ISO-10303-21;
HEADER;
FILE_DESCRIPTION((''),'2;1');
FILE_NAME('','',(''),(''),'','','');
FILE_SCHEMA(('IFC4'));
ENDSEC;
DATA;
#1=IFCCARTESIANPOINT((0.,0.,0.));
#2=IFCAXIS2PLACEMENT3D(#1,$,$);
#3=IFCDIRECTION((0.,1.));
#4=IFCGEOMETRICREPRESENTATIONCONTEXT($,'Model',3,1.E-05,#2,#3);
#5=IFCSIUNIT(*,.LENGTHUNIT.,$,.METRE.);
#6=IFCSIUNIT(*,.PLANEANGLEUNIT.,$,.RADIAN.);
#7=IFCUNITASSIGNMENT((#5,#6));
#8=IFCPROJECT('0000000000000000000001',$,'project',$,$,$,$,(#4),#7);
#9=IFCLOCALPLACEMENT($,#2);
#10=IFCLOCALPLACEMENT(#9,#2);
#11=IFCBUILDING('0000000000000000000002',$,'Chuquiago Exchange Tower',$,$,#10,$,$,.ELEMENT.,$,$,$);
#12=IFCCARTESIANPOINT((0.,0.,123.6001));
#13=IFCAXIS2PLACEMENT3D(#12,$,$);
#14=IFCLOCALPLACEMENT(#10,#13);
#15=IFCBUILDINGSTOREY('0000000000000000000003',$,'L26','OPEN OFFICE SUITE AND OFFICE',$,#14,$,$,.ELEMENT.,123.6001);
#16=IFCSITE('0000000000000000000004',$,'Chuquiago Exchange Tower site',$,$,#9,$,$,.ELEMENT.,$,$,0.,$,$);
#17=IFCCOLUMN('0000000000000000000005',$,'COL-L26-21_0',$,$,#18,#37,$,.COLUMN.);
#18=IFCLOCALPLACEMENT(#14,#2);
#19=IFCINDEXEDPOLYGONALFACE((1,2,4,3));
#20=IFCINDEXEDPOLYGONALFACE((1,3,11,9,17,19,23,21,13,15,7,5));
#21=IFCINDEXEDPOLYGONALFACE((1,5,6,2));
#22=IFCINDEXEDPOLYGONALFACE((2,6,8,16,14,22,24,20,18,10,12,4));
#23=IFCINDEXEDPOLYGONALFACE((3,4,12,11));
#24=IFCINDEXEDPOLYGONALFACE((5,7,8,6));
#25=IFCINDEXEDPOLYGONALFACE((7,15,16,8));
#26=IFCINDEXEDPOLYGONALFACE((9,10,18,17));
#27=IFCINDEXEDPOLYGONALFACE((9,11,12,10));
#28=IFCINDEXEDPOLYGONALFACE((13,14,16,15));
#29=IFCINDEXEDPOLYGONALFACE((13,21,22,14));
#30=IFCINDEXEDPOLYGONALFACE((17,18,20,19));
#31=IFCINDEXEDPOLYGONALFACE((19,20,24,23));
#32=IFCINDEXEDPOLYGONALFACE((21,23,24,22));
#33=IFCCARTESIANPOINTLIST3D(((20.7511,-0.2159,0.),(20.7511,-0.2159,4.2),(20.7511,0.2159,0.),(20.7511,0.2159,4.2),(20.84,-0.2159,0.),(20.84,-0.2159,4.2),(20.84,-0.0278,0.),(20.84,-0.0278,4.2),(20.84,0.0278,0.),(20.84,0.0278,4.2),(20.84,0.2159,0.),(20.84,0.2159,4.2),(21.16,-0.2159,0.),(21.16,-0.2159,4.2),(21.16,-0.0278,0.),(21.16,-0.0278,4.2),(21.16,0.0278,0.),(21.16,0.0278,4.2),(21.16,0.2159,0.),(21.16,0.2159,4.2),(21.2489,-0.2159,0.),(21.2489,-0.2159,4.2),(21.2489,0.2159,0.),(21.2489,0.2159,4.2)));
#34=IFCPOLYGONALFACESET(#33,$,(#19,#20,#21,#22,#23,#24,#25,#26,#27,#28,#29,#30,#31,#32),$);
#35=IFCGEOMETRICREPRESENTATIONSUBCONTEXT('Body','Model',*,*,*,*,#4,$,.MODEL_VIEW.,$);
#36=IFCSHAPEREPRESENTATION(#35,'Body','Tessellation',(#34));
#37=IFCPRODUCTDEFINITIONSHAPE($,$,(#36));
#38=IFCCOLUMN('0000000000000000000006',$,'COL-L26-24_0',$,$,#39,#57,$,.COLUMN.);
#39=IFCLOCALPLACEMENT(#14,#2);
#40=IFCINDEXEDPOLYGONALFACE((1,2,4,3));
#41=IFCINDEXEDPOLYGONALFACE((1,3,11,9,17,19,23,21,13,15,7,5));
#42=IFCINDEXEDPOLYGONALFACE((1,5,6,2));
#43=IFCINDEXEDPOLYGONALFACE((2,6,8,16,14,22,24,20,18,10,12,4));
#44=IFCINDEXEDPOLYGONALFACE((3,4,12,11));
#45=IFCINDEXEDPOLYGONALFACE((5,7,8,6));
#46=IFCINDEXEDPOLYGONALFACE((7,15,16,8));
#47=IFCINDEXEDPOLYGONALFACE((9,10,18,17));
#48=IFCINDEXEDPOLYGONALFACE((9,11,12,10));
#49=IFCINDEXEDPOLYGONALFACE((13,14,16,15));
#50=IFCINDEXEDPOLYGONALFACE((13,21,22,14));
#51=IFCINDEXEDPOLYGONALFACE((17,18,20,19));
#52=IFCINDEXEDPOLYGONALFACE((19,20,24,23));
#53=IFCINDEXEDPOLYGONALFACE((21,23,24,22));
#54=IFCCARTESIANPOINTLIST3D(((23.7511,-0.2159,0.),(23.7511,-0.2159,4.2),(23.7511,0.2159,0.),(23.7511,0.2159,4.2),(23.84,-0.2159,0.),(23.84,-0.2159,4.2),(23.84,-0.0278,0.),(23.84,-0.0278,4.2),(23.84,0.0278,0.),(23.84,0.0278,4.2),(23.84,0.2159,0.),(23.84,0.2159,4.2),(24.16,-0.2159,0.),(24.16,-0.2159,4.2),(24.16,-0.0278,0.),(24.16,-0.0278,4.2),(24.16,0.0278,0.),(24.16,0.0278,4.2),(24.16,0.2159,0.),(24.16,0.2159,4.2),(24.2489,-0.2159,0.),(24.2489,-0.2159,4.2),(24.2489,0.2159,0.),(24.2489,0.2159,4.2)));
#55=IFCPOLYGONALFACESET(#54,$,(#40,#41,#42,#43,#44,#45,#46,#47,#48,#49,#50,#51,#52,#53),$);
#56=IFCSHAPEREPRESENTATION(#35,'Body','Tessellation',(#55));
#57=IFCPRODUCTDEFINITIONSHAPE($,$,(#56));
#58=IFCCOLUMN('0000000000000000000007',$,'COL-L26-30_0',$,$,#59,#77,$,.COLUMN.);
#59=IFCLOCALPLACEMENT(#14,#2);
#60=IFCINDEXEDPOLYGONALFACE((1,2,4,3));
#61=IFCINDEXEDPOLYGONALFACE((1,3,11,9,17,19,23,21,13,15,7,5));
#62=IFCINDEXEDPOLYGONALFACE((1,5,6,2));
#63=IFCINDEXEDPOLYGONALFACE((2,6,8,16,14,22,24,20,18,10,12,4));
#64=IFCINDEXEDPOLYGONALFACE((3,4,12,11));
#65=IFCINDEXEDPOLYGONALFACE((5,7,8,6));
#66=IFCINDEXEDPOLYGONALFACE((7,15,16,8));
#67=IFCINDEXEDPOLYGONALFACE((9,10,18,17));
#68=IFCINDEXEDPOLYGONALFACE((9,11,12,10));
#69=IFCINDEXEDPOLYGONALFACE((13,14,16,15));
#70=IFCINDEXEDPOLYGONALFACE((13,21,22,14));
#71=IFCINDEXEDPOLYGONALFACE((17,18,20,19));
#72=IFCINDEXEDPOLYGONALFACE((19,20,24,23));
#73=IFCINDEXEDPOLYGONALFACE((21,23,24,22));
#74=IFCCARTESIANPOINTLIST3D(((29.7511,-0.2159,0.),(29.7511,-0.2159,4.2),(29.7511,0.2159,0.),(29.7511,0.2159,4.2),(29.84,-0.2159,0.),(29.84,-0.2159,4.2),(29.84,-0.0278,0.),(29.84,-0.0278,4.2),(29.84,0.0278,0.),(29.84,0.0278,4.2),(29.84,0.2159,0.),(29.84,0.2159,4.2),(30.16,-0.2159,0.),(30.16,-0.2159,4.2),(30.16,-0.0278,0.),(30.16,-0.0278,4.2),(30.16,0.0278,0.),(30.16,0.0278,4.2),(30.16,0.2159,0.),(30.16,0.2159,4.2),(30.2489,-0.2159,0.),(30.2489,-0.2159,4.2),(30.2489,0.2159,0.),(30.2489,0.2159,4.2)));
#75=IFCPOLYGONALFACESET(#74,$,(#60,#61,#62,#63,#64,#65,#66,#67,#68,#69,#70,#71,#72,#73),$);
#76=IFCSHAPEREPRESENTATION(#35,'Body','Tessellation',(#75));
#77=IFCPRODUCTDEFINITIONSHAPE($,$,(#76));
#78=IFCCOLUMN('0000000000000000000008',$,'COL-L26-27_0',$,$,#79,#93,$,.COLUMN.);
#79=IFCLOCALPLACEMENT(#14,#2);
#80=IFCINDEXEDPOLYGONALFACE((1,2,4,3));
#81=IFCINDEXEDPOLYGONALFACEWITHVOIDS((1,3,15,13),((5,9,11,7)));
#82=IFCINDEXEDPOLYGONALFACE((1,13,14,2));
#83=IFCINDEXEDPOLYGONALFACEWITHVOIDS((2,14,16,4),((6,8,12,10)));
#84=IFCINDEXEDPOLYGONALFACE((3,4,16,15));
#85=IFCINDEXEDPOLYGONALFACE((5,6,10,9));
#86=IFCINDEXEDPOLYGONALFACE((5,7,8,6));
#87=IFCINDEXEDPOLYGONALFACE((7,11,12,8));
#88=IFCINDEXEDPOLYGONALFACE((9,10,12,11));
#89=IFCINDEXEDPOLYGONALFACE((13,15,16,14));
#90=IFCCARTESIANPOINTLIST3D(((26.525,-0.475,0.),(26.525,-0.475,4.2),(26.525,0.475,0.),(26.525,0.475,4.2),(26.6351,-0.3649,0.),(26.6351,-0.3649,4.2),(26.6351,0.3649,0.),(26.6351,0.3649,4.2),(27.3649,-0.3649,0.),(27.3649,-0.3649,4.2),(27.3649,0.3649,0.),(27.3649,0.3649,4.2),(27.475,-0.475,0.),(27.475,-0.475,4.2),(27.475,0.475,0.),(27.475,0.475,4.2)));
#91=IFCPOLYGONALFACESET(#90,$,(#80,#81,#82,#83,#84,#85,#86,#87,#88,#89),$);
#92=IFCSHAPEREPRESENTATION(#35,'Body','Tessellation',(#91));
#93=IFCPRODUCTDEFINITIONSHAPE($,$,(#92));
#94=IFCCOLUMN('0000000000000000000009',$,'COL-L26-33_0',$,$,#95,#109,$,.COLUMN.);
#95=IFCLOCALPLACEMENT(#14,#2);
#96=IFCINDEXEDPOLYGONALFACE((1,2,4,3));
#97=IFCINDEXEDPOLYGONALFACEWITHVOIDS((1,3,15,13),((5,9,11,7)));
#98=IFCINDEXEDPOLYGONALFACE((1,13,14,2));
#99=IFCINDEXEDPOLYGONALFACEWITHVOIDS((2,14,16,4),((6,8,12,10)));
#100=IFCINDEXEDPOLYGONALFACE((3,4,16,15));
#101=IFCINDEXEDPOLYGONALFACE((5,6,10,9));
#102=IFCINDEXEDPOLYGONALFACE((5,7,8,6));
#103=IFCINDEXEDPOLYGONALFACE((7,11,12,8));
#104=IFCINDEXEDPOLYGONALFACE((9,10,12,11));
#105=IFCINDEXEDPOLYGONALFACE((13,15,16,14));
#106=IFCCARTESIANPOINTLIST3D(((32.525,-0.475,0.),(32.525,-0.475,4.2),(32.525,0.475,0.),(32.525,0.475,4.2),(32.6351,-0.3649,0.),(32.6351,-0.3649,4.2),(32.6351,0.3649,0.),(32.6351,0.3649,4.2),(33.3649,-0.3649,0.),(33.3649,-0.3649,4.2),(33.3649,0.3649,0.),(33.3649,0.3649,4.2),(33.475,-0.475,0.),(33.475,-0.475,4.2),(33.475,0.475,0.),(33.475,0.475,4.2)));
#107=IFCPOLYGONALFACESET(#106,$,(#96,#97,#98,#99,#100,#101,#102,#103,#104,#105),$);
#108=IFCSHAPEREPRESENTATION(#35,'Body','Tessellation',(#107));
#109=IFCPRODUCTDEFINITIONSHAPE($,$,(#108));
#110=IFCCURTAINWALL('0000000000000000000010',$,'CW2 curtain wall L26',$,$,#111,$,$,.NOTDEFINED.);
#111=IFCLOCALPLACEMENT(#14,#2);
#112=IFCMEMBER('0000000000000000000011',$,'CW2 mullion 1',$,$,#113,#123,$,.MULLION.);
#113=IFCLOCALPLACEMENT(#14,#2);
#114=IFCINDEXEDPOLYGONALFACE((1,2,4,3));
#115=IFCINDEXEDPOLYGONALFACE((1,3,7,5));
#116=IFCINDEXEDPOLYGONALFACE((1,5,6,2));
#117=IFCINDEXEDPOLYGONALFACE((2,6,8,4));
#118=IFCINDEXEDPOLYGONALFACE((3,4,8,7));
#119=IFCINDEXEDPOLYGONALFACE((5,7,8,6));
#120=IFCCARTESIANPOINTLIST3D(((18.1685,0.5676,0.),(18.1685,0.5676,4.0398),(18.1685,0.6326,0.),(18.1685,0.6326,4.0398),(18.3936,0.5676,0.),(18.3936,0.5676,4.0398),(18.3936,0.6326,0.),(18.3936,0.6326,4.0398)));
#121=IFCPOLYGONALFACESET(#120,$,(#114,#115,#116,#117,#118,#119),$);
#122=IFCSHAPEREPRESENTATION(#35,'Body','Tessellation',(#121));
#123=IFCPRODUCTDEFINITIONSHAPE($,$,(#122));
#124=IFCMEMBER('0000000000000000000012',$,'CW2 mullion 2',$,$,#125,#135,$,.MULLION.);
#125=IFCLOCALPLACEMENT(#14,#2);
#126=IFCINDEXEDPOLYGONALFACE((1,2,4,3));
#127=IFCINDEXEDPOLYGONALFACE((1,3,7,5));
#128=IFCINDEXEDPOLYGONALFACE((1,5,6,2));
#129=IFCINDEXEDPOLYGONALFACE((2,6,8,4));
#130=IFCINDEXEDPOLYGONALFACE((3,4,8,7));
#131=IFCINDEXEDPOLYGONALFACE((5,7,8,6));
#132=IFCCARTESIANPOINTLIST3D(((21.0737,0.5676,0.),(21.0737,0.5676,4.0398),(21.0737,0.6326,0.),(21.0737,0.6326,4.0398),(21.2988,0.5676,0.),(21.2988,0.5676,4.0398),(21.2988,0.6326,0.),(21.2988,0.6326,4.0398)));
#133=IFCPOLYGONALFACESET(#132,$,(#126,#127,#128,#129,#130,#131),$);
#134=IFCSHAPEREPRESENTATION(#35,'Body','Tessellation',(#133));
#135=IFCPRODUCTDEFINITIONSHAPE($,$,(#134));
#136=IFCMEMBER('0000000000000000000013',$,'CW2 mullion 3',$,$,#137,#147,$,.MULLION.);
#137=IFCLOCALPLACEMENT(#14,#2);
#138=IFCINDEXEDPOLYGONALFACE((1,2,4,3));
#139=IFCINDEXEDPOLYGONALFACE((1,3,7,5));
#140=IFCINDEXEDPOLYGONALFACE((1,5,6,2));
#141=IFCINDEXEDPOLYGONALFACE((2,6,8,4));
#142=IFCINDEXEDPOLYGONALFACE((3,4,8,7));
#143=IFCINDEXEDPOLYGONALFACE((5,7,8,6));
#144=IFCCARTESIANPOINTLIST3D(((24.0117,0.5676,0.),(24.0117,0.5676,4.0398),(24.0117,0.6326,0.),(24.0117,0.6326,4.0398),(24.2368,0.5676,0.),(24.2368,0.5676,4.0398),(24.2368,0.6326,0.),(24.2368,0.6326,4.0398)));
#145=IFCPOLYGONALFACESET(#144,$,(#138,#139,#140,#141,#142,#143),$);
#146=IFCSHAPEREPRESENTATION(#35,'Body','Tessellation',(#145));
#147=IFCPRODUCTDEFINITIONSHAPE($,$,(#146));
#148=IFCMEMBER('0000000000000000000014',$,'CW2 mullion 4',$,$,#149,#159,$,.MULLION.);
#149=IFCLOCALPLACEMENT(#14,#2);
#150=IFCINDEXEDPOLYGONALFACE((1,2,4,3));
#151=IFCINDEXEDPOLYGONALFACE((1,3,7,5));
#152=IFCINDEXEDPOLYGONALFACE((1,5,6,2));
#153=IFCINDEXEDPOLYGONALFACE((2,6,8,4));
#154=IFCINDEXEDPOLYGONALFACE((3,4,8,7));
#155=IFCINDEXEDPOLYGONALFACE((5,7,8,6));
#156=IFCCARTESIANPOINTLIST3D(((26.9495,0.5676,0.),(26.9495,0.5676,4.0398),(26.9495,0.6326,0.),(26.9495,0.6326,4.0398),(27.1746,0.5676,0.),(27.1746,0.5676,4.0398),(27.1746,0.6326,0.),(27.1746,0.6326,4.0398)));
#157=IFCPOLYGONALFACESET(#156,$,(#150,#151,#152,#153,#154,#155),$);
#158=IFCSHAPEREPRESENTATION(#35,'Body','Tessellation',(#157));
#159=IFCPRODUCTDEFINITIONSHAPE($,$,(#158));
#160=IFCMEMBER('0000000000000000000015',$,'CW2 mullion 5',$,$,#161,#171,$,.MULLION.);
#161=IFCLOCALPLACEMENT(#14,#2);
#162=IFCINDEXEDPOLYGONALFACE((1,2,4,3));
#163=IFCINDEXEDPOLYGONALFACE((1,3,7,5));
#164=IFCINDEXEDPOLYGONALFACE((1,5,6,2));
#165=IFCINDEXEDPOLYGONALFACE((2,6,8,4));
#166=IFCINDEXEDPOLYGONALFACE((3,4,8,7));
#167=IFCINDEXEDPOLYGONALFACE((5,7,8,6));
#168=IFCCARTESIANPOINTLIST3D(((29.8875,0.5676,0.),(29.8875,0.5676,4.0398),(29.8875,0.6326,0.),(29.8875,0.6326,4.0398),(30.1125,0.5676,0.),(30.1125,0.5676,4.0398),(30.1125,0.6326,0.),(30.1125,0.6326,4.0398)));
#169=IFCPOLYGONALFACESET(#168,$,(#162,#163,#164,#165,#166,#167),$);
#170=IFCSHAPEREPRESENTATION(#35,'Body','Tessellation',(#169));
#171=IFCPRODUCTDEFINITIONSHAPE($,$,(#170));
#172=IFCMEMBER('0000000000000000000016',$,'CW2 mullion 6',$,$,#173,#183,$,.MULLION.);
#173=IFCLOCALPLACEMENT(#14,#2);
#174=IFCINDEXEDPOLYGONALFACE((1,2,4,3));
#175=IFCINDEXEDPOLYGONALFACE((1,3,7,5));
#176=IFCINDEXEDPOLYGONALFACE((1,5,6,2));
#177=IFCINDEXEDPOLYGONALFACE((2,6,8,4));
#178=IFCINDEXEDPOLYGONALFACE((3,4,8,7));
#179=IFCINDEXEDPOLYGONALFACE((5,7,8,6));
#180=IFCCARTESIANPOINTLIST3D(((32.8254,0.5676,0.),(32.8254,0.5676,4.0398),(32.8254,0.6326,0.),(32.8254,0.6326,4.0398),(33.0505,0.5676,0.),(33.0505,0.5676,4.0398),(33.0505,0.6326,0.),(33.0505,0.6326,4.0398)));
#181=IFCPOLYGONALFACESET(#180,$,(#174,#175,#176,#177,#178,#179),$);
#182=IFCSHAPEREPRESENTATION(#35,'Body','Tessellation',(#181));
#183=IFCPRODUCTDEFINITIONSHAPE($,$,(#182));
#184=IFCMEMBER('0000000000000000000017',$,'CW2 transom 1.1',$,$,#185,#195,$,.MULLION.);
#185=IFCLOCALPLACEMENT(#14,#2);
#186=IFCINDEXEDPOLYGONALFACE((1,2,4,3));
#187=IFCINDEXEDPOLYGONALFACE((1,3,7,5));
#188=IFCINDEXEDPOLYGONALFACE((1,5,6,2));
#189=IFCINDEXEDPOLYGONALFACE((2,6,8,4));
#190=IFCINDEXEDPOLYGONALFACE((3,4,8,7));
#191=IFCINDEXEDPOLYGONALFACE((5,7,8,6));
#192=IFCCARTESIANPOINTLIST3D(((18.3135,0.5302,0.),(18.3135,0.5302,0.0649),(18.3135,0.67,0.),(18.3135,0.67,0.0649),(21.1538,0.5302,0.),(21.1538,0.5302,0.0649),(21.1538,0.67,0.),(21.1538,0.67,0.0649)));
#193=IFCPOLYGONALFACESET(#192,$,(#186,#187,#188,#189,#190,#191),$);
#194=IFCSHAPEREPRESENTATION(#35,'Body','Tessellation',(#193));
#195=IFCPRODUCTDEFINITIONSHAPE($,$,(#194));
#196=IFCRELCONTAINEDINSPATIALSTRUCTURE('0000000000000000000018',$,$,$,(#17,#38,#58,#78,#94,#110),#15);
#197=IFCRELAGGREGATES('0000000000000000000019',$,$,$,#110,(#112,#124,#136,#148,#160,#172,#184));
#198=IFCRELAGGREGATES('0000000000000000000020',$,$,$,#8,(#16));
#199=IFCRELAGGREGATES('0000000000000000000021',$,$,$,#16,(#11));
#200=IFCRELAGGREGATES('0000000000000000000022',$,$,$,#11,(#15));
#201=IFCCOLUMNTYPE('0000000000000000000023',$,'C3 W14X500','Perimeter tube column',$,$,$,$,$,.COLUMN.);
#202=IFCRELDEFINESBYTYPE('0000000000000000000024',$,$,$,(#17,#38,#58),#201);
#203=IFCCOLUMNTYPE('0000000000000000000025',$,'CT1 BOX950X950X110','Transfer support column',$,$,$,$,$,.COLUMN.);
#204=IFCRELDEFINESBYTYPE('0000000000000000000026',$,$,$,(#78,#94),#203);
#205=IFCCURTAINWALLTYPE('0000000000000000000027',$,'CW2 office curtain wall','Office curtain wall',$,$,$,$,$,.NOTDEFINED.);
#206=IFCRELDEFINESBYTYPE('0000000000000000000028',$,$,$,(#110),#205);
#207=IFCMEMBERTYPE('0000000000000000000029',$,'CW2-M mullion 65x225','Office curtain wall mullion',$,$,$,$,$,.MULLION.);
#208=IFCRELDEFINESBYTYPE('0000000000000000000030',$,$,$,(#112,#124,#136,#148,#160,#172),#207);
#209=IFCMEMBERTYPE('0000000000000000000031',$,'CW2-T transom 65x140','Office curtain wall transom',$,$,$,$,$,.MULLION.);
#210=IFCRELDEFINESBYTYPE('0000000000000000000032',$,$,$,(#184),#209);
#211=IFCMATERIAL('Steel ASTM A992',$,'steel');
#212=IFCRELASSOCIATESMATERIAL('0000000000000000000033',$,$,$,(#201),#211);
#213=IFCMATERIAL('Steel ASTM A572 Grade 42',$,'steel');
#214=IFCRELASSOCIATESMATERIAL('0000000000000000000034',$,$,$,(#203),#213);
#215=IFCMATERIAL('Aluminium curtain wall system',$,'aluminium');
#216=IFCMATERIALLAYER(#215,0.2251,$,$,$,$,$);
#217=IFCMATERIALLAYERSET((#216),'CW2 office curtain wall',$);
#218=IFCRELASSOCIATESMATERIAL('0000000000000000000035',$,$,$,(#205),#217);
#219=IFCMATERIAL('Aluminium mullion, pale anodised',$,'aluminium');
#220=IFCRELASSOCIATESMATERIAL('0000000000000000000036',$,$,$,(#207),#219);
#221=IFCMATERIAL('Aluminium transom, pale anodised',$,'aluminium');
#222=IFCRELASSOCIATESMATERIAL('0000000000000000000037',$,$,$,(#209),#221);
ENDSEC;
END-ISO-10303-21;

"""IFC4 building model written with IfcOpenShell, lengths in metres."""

from ifc_helpers import new_model, si_unit, direction, frame, origin, origin_2d, place, context, subcontext, project, spatial, rectangle, hollow_rectangle, i_section, extrude, material, layer, layer_set, material_profile, profile_set, type_object, element, aggregate, save


model = new_model("IFC4")

# Units and contexts
model_context = context("Model", 3, precision=1e-05, world=origin(), true_north=direction((0.0, 1.0)))
body_context = subcontext(model_context, "Body", "Model", "MODEL_VIEW")
ifc_project = project(units=[si_unit("LENGTHUNIT", "METRE"), si_unit("PLANEANGLEUNIT", "RADIAN")], contexts=[model_context])

# Site, building, storey
site_placement = place(None, origin())
site = spatial("IfcSite", under=ifc_project, at=site_placement, Name="Chuquiago Exchange Tower site", CompositionType="ELEMENT", RefElevation=0.0)
building_placement = place(site_placement, origin())
building = spatial("IfcBuilding", under=site, at=building_placement, Name="Chuquiago Exchange Tower", CompositionType="ELEMENT")
storey_placement = place(building_placement, frame((0.0, 0.0, 123.6001)))
storey = spatial("IfcBuildingStorey", under=building, at=storey_placement, Name="L26", Description="OPEN OFFICE SUITE AND OFFICE", CompositionType="ELEMENT", Elevation=123.6001)

# Columns
ifc_material_1 = material(Name="Steel ASTM A992", Category="steel")
ifc_material_profile_1 = material_profile(ifc_material_1, i_section(OverallWidth=0.4319, OverallDepth=0.4978, WebThickness=0.0557, FlangeThickness=0.0889, at=origin_2d()), Name="W14X500")
ifc_profile_set_1 = profile_set([ifc_material_profile_1], Name="Steel ASTM A992")
column_type_1 = type_object("IfcColumnType", Name="C3 W14X500", Description="Perimeter tube column", PredefinedType="COLUMN", material=ifc_profile_set_1)
for number, where, z_axis, x_axis, name in (
    (1, (21.0, 0.0, 0.0), (0.0, 0.0, 1.0), (0.0, -1.0, 0.0), "COL-L26-21_0"),
    (2, (24.0, 0.0, 0.0), (0.0, 0.0, 1.0), (0.0, -1.0, 0.0), "COL-L26-24_0"),
    (3, (30.0, 0.0, 0.0), (0.0, 0.0, 1.0), (0.0, -1.0, 0.0), "COL-L26-30_0"),
):
    element("IfcColumn", number, at=place(storey_placement, frame(where, z_axis=z_axis, x_axis=x_axis)), inside=storey, type_object=column_type_1, Name=name, PredefinedType="COLUMN", context=body_context, shape_type="SweptSolid", body=[
        extrude(i_section(OverallWidth=0.4319, OverallDepth=0.4978, WebThickness=0.0557, FlangeThickness=0.0889, at=origin_2d()), origin(), (0.0, 0.0, 1.0), 4.2),
    ])
ifc_material_2 = material(Name="Steel ASTM A572 Grade 42", Category="steel")
ifc_material_profile_2 = material_profile(ifc_material_2, hollow_rectangle(XDim=0.95, YDim=0.95, WallThickness=0.1101, at=origin_2d()), Name="BOX950X950X110")
ifc_profile_set_2 = profile_set([ifc_material_profile_2], Name="Steel ASTM A572 Grade 42")
column_type_2 = type_object("IfcColumnType", Name="CT1 BOX950X950X110", Description="Transfer support column", PredefinedType="COLUMN", material=ifc_profile_set_2)
for number, where, z_axis, x_axis, name in (
    (4, (27.0, 0.0, 0.0), (0.0, 0.0, 1.0), (0.0, -1.0, 0.0), "COL-L26-27_0"),
    (5, (33.0, 0.0, 0.0), (0.0, 0.0, 1.0), (0.0, -1.0, 0.0), "COL-L26-33_0"),
):
    element("IfcColumn", number, at=place(storey_placement, frame(where, z_axis=z_axis, x_axis=x_axis)), inside=storey, type_object=column_type_2, Name=name, PredefinedType="COLUMN", context=body_context, shape_type="SweptSolid", body=[
        extrude(hollow_rectangle(XDim=0.95, YDim=0.95, WallThickness=0.1101, at=origin_2d()), origin(), (0.0, 0.0, 1.0), 4.2),
    ])

# Curtain wall, members
ifc_material_3 = material(Name="Aluminium curtain wall system", Category="aluminium")
ifc_layer_1 = layer(ifc_material_3, 0.2251)
ifc_layer_set_1 = layer_set([ifc_layer_1], Name="CW2 office curtain wall")
curtain_wall_type_1 = type_object("IfcCurtainWallType", Name="CW2 office curtain wall", Description="Office curtain wall", PredefinedType="NOTDEFINED", material=ifc_layer_set_1)
curtain_wall_1_placement = place(storey_placement, origin())
curtain_wall_1 = element("IfcCurtainWall", 6, at=curtain_wall_1_placement, inside=storey, type_object=curtain_wall_type_1, Name="CW2 curtain wall L26", PredefinedType="NOTDEFINED")
ifc_material_4 = material(Name="Aluminium mullion, pale anodised", Category="aluminium")
ifc_material_profile_3 = material_profile(ifc_material_4, rectangle(XDim=0.0649, YDim=0.2251, at=origin_2d()), Name="AL 65x225")
ifc_profile_set_3 = profile_set([ifc_material_profile_3], Name="Aluminium mullion, pale anodised")
member_type_1 = type_object("IfcMemberType", Name="CW2-M mullion 65x225", Description="Office curtain wall mullion", PredefinedType="MULLION", material=ifc_profile_set_3)
member_1_placement = place(storey_placement, frame((18.281, 0.6001, 0.0), z_axis=(0.0, 0.0, 1.0), x_axis=(0.0, 1.0, 0.0)))
member_1 = element("IfcMember", 7, at=member_1_placement, type_object=member_type_1, Name="CW2 mullion 1", PredefinedType="MULLION", context=body_context, shape_type="SweptSolid", body=[
    extrude(rectangle(XDim=0.0649, YDim=0.2251, at=origin_2d()), origin(), (0.0, 0.0, 1.0), 4.0398),
])
member_2_placement = place(storey_placement, frame((21.1863, 0.6001, 0.0), z_axis=(0.0, 0.0, 1.0), x_axis=(0.0, 1.0, 0.0)))
member_2 = element("IfcMember", 8, at=member_2_placement, type_object=member_type_1, Name="CW2 mullion 2", PredefinedType="MULLION", context=body_context, shape_type="SweptSolid", body=[
    extrude(rectangle(XDim=0.0649, YDim=0.2251, at=origin_2d()), origin(), (0.0, 0.0, 1.0), 4.0398),
])
member_3_placement = place(storey_placement, frame((24.1243, 0.6001, 0.0), z_axis=(0.0, 0.0, 1.0), x_axis=(0.0, 1.0, 0.0)))
member_3 = element("IfcMember", 9, at=member_3_placement, type_object=member_type_1, Name="CW2 mullion 3", PredefinedType="MULLION", context=body_context, shape_type="SweptSolid", body=[
    extrude(rectangle(XDim=0.0649, YDim=0.2251, at=origin_2d()), origin(), (0.0, 0.0, 1.0), 4.0398),
])
member_4_placement = place(storey_placement, frame((27.062, 0.6001, 0.0), z_axis=(0.0, 0.0, 1.0), x_axis=(0.0, 1.0, 0.0)))
member_4 = element("IfcMember", 10, at=member_4_placement, type_object=member_type_1, Name="CW2 mullion 4", PredefinedType="MULLION", context=body_context, shape_type="SweptSolid", body=[
    extrude(rectangle(XDim=0.0649, YDim=0.2251, at=origin_2d()), origin(), (0.0, 0.0, 1.0), 4.0398),
])
member_5_placement = place(storey_placement, frame((30.0, 0.6001, 0.0), z_axis=(0.0, 0.0, 1.0), x_axis=(0.0, 1.0, 0.0)))
member_5 = element("IfcMember", 11, at=member_5_placement, type_object=member_type_1, Name="CW2 mullion 5", PredefinedType="MULLION", context=body_context, shape_type="SweptSolid", body=[
    extrude(rectangle(XDim=0.0649, YDim=0.2251, at=origin_2d()), origin(), (0.0, 0.0, 1.0), 4.0398),
])
member_6_placement = place(storey_placement, frame((32.938, 0.6001, 0.0), z_axis=(0.0, 0.0, 1.0), x_axis=(0.0, 1.0, 0.0)))
member_6 = element("IfcMember", 12, at=member_6_placement, type_object=member_type_1, Name="CW2 mullion 6", PredefinedType="MULLION", context=body_context, shape_type="SweptSolid", body=[
    extrude(rectangle(XDim=0.0649, YDim=0.2251, at=origin_2d()), origin(), (0.0, 0.0, 1.0), 4.0398),
])
ifc_material_5 = material(Name="Aluminium transom, pale anodised", Category="aluminium")
ifc_material_profile_4 = material_profile(ifc_material_5, rectangle(XDim=0.1399, YDim=0.0649, at=origin_2d()), Name="AL 140x65")
ifc_profile_set_4 = profile_set([ifc_material_profile_4], Name="Aluminium transom, pale anodised")
member_type_2 = type_object("IfcMemberType", Name="CW2-T transom 65x140", Description="Office curtain wall transom", PredefinedType="MULLION", material=ifc_profile_set_4)
member_7_placement = place(storey_placement, frame((18.3135, 0.6001, 0.0325), z_axis=(1.0, 0.0, 0.0), x_axis=(0.0, 1.0, 0.0)))
member_7 = element("IfcMember", 13, at=member_7_placement, type_object=member_type_2, Name="CW2 transom 1.1", PredefinedType="MULLION", context=body_context, shape_type="SweptSolid", body=[
    extrude(rectangle(XDim=0.1399, YDim=0.0649, at=origin_2d()), origin(), (0.0, 0.0, 1.0), 2.8403),
])

aggregate(curtain_wall_1, [member_1, member_2, member_3, member_4, member_5, member_6, member_7])

save(model, "model.ifc")
